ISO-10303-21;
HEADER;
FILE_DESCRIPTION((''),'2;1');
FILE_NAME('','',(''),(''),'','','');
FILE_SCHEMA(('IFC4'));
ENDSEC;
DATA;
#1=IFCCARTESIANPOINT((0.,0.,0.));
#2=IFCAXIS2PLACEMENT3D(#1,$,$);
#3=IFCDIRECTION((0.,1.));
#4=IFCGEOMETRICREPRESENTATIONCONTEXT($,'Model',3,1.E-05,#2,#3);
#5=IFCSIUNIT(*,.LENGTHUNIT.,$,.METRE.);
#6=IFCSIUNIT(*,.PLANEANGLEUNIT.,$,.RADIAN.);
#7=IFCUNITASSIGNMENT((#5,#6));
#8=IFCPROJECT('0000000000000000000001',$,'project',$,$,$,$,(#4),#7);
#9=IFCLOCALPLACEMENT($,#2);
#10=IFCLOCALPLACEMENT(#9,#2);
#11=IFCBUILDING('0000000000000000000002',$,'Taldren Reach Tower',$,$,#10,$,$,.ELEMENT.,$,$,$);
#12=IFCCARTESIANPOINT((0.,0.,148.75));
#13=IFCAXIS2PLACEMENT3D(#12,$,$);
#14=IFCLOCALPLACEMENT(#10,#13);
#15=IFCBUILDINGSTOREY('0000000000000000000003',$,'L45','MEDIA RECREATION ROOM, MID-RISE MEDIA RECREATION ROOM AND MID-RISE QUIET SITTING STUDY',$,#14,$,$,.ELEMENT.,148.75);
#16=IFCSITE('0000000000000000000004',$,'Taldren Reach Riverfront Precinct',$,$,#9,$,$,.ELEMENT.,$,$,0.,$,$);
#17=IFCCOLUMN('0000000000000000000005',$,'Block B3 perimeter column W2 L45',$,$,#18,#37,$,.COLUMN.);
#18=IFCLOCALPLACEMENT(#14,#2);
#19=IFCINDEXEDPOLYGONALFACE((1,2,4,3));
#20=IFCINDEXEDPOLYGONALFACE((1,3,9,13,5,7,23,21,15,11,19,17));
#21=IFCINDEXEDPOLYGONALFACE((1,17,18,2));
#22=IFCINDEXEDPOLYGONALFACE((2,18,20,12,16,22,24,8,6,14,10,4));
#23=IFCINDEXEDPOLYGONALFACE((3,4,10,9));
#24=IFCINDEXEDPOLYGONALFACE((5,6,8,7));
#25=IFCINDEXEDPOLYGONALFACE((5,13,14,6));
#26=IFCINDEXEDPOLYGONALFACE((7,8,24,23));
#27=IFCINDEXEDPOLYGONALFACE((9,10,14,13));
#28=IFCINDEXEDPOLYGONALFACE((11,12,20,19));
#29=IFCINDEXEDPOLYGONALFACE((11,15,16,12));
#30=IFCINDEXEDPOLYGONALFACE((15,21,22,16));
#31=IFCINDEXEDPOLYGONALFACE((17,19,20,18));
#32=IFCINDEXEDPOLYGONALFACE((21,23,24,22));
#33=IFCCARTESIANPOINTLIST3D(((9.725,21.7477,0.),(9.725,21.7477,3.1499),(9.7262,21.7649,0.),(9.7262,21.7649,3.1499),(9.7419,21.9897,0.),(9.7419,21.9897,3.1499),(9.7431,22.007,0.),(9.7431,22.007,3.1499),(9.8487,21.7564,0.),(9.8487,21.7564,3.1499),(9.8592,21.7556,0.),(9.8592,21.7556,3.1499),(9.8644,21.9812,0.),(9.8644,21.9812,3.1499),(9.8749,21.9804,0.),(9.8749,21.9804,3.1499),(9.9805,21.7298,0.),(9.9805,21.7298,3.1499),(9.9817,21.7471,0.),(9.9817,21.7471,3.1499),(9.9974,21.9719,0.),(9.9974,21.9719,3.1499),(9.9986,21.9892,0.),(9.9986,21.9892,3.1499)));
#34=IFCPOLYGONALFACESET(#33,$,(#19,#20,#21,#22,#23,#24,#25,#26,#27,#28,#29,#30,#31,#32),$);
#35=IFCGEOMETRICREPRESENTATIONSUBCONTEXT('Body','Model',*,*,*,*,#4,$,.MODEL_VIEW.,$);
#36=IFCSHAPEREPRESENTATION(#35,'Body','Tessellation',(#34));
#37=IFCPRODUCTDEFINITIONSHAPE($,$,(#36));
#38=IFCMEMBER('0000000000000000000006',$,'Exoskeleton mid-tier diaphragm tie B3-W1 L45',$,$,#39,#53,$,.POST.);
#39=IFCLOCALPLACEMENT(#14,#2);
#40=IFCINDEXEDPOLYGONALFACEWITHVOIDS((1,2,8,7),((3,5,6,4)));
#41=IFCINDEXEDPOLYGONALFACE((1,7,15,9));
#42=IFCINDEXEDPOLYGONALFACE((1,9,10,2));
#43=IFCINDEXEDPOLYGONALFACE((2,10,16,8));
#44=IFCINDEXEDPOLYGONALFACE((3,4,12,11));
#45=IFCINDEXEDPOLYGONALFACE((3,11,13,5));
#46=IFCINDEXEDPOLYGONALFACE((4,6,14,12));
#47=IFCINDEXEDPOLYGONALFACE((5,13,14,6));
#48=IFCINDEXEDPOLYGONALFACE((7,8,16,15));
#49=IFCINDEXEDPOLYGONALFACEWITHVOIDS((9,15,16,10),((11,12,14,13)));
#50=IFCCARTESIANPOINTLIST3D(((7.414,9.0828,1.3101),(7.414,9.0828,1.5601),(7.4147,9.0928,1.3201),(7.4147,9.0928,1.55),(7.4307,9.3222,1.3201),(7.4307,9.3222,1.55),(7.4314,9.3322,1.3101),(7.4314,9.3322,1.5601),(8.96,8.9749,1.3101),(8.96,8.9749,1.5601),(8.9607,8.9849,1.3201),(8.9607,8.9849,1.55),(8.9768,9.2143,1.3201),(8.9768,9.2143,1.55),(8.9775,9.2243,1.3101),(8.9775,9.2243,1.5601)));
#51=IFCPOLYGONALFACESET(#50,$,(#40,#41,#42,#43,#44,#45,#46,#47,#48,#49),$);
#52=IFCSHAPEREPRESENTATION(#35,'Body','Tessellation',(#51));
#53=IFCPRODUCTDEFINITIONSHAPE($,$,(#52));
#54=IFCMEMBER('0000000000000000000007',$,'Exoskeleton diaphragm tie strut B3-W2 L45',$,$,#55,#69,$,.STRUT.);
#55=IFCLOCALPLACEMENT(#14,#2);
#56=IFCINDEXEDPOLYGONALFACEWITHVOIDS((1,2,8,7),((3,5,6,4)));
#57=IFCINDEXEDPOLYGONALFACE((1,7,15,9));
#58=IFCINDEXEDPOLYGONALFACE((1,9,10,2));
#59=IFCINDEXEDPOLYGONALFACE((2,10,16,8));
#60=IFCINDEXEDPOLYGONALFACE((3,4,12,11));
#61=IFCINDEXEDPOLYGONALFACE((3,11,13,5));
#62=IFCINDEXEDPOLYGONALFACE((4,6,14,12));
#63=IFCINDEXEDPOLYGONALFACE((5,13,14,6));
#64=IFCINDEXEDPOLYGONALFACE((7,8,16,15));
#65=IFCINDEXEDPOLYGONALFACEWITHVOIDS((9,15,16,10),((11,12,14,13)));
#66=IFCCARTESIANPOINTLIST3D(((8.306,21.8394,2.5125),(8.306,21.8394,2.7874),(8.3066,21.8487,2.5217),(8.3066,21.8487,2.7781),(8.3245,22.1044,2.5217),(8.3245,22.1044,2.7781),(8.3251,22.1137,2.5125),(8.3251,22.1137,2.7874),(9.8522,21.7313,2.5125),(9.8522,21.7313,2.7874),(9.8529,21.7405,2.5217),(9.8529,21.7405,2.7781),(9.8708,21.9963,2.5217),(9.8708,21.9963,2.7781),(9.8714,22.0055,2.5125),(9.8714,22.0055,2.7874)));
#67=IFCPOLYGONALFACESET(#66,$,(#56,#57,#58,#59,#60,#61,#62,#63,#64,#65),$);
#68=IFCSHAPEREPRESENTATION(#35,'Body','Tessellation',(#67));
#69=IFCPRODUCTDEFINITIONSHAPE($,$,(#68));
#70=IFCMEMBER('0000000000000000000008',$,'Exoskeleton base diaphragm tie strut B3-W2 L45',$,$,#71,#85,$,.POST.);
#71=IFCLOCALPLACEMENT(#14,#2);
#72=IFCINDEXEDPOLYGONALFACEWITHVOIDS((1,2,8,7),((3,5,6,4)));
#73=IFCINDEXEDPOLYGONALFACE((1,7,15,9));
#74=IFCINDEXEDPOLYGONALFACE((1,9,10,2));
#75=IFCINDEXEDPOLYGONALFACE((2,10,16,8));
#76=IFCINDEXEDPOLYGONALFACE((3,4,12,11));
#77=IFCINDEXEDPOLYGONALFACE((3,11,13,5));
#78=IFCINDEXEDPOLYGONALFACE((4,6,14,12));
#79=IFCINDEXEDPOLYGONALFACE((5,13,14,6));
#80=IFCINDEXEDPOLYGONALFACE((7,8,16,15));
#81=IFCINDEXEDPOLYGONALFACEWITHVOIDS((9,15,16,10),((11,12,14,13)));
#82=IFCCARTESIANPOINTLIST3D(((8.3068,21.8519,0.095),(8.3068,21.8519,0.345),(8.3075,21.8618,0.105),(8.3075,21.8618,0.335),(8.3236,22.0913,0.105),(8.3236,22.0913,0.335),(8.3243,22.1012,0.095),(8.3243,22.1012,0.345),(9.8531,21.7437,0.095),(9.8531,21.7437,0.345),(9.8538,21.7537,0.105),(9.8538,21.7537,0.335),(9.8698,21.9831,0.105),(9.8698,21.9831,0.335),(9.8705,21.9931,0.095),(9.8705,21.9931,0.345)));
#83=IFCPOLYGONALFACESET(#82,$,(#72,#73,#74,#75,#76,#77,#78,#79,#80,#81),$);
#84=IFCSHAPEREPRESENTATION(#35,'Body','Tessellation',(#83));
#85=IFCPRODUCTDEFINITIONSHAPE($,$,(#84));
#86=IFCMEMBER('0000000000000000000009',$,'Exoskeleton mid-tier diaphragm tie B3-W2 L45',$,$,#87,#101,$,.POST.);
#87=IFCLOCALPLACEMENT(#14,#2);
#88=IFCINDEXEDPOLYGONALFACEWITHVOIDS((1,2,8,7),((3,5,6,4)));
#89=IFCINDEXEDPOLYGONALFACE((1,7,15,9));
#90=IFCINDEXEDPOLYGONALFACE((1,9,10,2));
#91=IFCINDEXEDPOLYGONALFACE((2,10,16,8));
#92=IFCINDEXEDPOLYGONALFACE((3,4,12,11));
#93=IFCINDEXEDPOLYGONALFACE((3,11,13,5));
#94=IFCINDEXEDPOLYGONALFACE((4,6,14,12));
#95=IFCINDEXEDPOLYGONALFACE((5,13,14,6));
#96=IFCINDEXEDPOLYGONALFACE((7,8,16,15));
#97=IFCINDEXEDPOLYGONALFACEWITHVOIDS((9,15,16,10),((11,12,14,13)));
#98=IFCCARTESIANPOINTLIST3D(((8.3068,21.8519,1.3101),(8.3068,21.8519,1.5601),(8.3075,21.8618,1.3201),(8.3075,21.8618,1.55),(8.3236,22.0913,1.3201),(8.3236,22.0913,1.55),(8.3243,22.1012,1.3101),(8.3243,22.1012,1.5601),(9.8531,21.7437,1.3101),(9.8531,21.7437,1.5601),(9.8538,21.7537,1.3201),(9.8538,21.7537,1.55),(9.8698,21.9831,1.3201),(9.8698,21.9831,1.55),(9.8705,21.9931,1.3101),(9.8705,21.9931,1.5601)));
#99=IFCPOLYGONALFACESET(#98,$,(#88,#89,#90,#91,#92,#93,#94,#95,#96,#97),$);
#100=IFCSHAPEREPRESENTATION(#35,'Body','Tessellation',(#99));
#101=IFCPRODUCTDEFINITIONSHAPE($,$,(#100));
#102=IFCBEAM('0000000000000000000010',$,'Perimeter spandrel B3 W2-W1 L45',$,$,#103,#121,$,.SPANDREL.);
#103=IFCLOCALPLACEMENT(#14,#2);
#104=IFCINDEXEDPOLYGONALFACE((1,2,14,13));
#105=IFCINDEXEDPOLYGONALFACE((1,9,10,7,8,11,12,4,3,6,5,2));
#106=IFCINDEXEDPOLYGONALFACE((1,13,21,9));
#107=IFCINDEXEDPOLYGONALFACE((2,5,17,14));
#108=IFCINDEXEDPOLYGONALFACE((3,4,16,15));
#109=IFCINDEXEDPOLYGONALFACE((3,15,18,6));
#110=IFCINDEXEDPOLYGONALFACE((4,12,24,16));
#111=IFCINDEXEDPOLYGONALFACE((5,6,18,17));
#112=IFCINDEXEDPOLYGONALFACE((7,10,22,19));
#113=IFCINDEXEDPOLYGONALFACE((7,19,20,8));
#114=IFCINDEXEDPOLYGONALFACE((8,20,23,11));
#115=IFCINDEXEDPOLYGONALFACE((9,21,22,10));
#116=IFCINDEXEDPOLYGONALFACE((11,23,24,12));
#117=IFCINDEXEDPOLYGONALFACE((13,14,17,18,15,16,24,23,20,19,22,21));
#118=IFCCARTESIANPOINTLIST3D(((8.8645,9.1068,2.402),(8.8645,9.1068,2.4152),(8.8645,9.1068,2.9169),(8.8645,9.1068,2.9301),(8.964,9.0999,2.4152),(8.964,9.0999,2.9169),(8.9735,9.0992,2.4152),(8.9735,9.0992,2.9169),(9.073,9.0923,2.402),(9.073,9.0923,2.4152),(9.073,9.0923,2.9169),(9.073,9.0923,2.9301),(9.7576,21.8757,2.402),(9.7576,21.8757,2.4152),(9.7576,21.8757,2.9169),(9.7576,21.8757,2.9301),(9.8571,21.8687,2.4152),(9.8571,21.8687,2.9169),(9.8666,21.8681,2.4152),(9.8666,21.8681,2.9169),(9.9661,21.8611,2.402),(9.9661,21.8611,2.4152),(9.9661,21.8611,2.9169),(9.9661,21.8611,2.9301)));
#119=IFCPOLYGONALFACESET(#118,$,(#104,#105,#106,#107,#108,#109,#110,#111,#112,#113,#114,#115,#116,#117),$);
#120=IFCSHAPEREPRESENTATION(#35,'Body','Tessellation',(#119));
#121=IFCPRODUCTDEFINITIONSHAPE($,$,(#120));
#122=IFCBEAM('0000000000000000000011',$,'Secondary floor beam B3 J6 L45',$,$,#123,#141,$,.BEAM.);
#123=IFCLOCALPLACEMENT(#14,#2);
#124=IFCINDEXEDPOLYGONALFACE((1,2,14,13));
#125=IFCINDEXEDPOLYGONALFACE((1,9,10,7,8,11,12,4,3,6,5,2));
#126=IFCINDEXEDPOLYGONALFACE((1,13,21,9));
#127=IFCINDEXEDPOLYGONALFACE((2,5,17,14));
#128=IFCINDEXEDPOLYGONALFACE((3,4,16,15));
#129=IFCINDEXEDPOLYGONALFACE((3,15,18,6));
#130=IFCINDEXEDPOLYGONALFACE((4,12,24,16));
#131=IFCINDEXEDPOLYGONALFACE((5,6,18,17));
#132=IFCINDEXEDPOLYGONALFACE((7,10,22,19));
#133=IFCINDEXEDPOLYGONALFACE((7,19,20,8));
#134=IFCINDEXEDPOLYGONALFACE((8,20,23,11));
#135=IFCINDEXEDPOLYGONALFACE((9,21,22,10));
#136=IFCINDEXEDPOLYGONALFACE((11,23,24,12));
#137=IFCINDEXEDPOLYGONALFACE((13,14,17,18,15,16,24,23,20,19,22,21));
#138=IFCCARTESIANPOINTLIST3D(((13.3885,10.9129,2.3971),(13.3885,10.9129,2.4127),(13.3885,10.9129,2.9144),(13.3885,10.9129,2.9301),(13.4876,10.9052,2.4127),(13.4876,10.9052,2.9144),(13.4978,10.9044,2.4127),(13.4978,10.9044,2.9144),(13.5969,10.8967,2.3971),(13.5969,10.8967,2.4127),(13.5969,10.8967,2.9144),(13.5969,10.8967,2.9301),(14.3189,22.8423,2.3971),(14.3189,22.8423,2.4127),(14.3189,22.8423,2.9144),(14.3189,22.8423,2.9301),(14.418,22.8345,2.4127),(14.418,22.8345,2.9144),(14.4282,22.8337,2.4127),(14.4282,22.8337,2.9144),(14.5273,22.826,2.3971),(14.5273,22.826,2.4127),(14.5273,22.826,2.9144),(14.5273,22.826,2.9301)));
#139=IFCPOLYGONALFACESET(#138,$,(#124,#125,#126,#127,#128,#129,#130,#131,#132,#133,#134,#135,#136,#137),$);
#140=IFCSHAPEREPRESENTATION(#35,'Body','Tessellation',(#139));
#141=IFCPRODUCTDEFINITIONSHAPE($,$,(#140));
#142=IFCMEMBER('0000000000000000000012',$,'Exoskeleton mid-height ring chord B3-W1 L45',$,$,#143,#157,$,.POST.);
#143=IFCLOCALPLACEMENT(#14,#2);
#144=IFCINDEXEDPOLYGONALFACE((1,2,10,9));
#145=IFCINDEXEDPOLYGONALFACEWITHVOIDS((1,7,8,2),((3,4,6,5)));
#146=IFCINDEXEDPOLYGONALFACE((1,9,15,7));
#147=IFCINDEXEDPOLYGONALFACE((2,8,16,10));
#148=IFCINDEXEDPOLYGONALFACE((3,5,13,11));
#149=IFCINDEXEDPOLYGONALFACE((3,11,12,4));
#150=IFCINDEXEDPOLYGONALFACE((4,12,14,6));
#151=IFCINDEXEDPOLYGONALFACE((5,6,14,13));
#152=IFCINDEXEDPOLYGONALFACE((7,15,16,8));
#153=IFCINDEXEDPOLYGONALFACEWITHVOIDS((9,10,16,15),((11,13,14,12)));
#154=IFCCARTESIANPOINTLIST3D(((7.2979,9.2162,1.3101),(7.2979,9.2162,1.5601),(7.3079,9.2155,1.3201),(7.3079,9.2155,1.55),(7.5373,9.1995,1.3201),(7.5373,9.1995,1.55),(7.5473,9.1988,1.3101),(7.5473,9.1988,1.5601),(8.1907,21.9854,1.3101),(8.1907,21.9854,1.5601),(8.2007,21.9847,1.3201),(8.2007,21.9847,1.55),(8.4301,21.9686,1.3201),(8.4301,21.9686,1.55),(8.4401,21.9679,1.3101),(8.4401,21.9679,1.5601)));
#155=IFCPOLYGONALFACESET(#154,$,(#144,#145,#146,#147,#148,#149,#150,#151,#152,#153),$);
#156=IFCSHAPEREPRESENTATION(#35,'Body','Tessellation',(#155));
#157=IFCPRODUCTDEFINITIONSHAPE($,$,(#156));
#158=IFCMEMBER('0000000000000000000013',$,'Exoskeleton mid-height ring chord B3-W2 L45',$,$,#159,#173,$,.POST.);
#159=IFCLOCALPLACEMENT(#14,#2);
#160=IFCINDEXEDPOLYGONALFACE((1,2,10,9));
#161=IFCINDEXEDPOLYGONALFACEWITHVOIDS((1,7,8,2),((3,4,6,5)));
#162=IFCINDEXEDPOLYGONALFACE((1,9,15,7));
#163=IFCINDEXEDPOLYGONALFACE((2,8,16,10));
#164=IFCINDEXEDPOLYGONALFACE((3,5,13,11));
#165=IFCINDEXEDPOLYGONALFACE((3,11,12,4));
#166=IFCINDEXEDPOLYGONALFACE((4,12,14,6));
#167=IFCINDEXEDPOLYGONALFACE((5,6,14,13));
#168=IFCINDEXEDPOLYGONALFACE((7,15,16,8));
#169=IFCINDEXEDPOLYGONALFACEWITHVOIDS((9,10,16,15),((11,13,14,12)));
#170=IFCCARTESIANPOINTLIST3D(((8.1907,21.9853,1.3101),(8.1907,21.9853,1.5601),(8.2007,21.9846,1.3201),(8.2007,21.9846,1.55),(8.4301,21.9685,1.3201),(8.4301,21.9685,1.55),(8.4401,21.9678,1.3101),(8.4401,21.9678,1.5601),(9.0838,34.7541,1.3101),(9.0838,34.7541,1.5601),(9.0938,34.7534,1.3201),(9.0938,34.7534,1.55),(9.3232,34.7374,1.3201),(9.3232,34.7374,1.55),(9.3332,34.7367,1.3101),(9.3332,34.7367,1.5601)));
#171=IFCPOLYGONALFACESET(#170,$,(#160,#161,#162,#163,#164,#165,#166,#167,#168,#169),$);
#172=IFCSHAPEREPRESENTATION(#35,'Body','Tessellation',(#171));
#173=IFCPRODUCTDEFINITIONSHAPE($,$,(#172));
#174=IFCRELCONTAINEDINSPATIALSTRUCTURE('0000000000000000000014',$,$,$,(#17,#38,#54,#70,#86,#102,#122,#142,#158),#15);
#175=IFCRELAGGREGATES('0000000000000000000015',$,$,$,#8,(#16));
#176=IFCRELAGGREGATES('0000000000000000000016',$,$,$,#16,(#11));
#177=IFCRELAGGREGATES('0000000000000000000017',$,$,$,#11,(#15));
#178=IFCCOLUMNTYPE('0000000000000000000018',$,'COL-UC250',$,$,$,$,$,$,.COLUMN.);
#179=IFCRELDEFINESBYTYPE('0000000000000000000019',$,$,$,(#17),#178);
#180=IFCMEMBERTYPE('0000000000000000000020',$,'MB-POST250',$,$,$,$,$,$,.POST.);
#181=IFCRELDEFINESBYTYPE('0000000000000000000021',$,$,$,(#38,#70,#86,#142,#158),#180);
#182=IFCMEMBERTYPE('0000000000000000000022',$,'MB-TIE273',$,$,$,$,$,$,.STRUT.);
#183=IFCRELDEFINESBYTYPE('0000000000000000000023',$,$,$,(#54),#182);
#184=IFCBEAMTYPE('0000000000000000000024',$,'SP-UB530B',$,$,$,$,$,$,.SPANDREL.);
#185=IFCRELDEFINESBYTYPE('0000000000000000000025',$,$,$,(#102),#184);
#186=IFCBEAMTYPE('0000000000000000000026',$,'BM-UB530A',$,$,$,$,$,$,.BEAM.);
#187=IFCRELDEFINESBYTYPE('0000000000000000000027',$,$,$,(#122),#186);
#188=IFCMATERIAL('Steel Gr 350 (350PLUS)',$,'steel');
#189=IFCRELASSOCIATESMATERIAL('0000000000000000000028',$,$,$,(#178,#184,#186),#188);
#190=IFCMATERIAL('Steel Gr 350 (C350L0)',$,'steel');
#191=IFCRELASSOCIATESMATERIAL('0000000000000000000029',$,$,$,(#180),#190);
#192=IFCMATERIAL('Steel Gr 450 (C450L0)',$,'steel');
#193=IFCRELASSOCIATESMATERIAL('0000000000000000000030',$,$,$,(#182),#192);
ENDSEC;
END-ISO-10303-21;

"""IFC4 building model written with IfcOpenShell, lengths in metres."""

from ifc_helpers import new_model, si_unit, direction, frame, origin, origin_2d, place, context, subcontext, project, spatial, hollow_rectangle, i_section, extrude, source, transform, mapped, material, material_profile, profile_set, type_object, element, save


model = new_model("IFC4")

# Units and contexts
model_context = context("Model", 3, precision=1e-05, world=origin(), true_north=direction((0.0, 1.0)))
body_context = subcontext(model_context, "Body", "Model", "MODEL_VIEW")
ifc_project = project(units=[si_unit("LENGTHUNIT", "METRE"), si_unit("PLANEANGLEUNIT", "RADIAN")], contexts=[model_context])

# Site, building, storey
site_placement = place(None, origin())
site = spatial("IfcSite", under=ifc_project, at=site_placement, Name="Taldren Reach Riverfront Precinct", CompositionType="ELEMENT", RefElevation=0.0)
building_placement = place(site_placement, origin())
building = spatial("IfcBuilding", under=site, at=building_placement, Name="Taldren Reach Tower", CompositionType="ELEMENT")
storey_placement = place(building_placement, frame((0.0, 0.0, 148.75)))
storey = spatial("IfcBuildingStorey", under=building, at=storey_placement, Name="L45", Description="MEDIA RECREATION ROOM, MID-RISE MEDIA RECREATION ROOM AND MID-RISE QUIET SITTING STUDY", CompositionType="ELEMENT", Elevation=148.75)

# Column
ifc_material_1 = material(Name="Steel Gr 350 (350PLUS)", Category="steel")
ifc_material_profile_1 = material_profile(ifc_material_1, i_section(OverallWidth=0.2561, OverallDepth=0.26, WebThickness=0.0105, FlangeThickness=0.0173, at=origin_2d()), Name="250UC89.5")
ifc_profile_set_1 = profile_set([ifc_material_profile_1], Name="Steel Gr 350 (350PLUS)")
column_type = type_object("IfcColumnType", Name="COL-UC250", PredefinedType="COLUMN", material=ifc_profile_set_1)
shared_shape_1 = source(origin(), body_context, "Body", "SweptSolid", [
    extrude(i_section(OverallWidth=0.2561, OverallDepth=0.26, WebThickness=0.0105, FlangeThickness=0.0173, at=origin_2d()), origin(), (0.0, 0.0, 1.0), 3.1499),
])
column_placement = place(storey_placement, frame((9.8618, 21.8684, 0.0), z_axis=(0.0, 0.0, 1.0), x_axis=(0.997564, -0.069756, 0.0)))
element("IfcColumn", 1, at=column_placement, inside=storey, type_object=column_type, Name="Block B3 perimeter column W2 L45", PredefinedType="COLUMN", context=body_context, shape_type="MappedRepresentation", body=[
    mapped(shared_shape_1, transform((0.0, 0.0, 0.0), scale=1.0)),
])

# Members
ifc_material_2 = material(Name="Steel Gr 350 (C350L0)", Category="steel")
ifc_material_profile_2 = material_profile(ifc_material_2, hollow_rectangle(XDim=0.25, YDim=0.25, WallThickness=0.01, at=origin_2d()), Name="250x250x10.0SHS")
ifc_profile_set_2 = profile_set([ifc_material_profile_2], Name="Steel Gr 350 (C350L0)")
member_type_1 = type_object("IfcMemberType", Name="MB-POST250", PredefinedType="POST", material=ifc_profile_set_2)
shared_shape_2 = source(origin(), body_context, "Body", "SweptSolid", [
    extrude(hollow_rectangle(XDim=0.25, YDim=0.25, WallThickness=0.01, at=origin_2d()), origin(), (0.0, 0.0, 1.0), 1.5498),
])
member_1_placement = place(storey_placement, frame((8.9688, 9.0996, 1.4351), z_axis=(-0.997573, 0.069624, 0.0), x_axis=(-0.069624, -0.997573, 0.0)))
element("IfcMember", 2, at=member_1_placement, inside=storey, type_object=member_type_1, Name="Exoskeleton mid-tier diaphragm tie B3-W1 L45", PredefinedType="POST", context=body_context, shape_type="MappedRepresentation", body=[
    mapped(shared_shape_2, transform((0.0, 0.0, 0.0), scale=1.0)),
])
ifc_material_3 = material(Name="Steel Gr 450 (C450L0)", Category="steel")
ifc_material_profile_3 = material_profile(ifc_material_3, hollow_rectangle(XDim=0.2749, YDim=0.2749, WallThickness=0.0093, at=origin_2d()), Name="275x275x9.3SHS")
ifc_profile_set_3 = profile_set([ifc_material_profile_3], Name="Steel Gr 450 (C450L0)")
member_type_2 = type_object("IfcMemberType", Name="MB-TIE273", PredefinedType="STRUT", material=ifc_profile_set_3)
shared_shape_3 = source(origin(), body_context, "Body", "SweptSolid", [
    extrude(hollow_rectangle(XDim=0.2749, YDim=0.2749, WallThickness=0.0093, at=origin_2d()), origin(), (0.0, 0.0, 1.0), 1.55),
])
member_2_placement = place(storey_placement, frame((9.8618, 21.8684, 2.6499), z_axis=(-0.997563, 0.06977, 0.0), x_axis=(-0.06977, -0.997563, 0.0)))
element("IfcMember", 3, at=member_2_placement, inside=storey, type_object=member_type_2, Name="Exoskeleton diaphragm tie strut B3-W2 L45", PredefinedType="STRUT", context=body_context, shape_type="MappedRepresentation", body=[
    mapped(shared_shape_3, transform((0.0, 0.0, 0.0), scale=1.0)),
])
shared_shape_4 = source(origin(), body_context, "Body", "SweptSolid", [
    extrude(hollow_rectangle(XDim=0.25, YDim=0.25, WallThickness=0.01, at=origin_2d()), origin(), (0.0, 0.0, 1.0), 1.55),
])
for number, where, z_axis, x_axis, name in (
    (4, (9.8618, 21.8684, 0.22), (-0.997563, 0.06977, 0.0), (-0.06977, -0.997563, 0.0), "Exoskeleton base diaphragm tie strut B3-W2 L45"),
    (5, (9.8618, 21.8684, 1.4351), (-0.997563, 0.06977, 0.0), (-0.06977, -0.997563, 0.0), "Exoskeleton mid-tier diaphragm tie B3-W2 L45"),
):
    element("IfcMember", number, at=place(storey_placement, frame(where, z_axis=z_axis, x_axis=x_axis)), inside=storey, type_object=member_type_1, Name=name, PredefinedType="POST", context=body_context, shape_type="MappedRepresentation", body=[
        mapped(shared_shape_4, transform((0.0, 0.0, 0.0), scale=1.0)),
    ])

# Beams
ifc_material_profile_4 = material_profile(ifc_material_1, i_section(OverallWidth=0.209, OverallDepth=0.5281, WebThickness=0.0095, FlangeThickness=0.0132, at=origin_2d()), Name="530UB82.0")
ifc_profile_set_4 = profile_set([ifc_material_profile_4], Name="Steel Gr 350 (350PLUS)")
beam_type_1 = type_object("IfcBeamType", Name="SP-UB530B", PredefinedType="SPANDREL", material=ifc_profile_set_4)
shared_shape_5 = source(origin(), body_context, "Body", "SweptSolid", [
    extrude(i_section(OverallWidth=0.209, OverallDepth=0.5281, WebThickness=0.0095, FlangeThickness=0.0132, at=origin_2d()), origin(), (0.0, 0.0, 1.0), 12.8),
])
beam_1_placement = place(storey_placement, frame((9.8618, 21.8684, 2.666), z_axis=(-0.069771, -0.997563, 0.0), x_axis=(0.997563, -0.069771, 0.0)))
element("IfcBeam", 6, at=beam_1_placement, inside=storey, type_object=beam_type_1, Name="Perimeter spandrel B3 W2-W1 L45", PredefinedType="SPANDREL", context=body_context, shape_type="MappedRepresentation", body=[
    mapped(shared_shape_5, transform((0.0, 0.0, 0.0), scale=1.0)),
])
ifc_material_profile_5 = material_profile(ifc_material_1, i_section(OverallWidth=0.209, OverallDepth=0.533, WebThickness=0.0103, FlangeThickness=0.0156, at=origin_2d()), Name="530UB92.4")
ifc_profile_set_5 = profile_set([ifc_material_profile_5], Name="Steel Gr 350 (350PLUS)")
beam_type_2 = type_object("IfcBeamType", Name="BM-UB530A", PredefinedType="BEAM", material=ifc_profile_set_5)
shared_shape_6 = source(origin(), body_context, "Body", "SweptSolid", [
    extrude(i_section(OverallWidth=0.209, OverallDepth=0.533, WebThickness=0.0103, FlangeThickness=0.0156, at=origin_2d()), origin(), (0.0, 0.0, 1.0), 11.9656),
])
beam_2_placement = place(storey_placement, frame((13.4927, 10.9048, 2.6636), z_axis=(0.077757, 0.996972, 0.0), x_axis=(-0.996972, 0.077757, 0.0)))
element("IfcBeam", 7, at=beam_2_placement, inside=storey, type_object=beam_type_2, Name="Secondary floor beam B3 J6 L45", PredefinedType="BEAM", context=body_context, shape_type="MappedRepresentation", body=[
    mapped(shared_shape_6, transform((0.0, 0.0, 0.0), scale=1.0)),
])

# Members
shared_shape_7 = source(origin(), body_context, "Body", "SweptSolid", [
    extrude(hollow_rectangle(XDim=0.25, YDim=0.25, WallThickness=0.01, at=origin_2d()), origin(), (0.0, 0.0, 1.0), 12.8003),
])
member_3_placement = place(storey_placement, frame((7.4226, 9.2075, 1.4351), z_axis=(0.069751, 0.997564, 0.0), x_axis=(-0.997564, 0.069751, 0.0)))
element("IfcMember", 8, at=member_3_placement, inside=storey, type_object=member_type_1, Name="Exoskeleton mid-height ring chord B3-W1 L45", PredefinedType="POST", context=body_context, shape_type="MappedRepresentation", body=[
    mapped(shared_shape_7, transform((0.0, 0.0, 0.0), scale=1.0)),
])
shared_shape_8 = source(origin(), body_context, "Body", "SweptSolid", [
    extrude(hollow_rectangle(XDim=0.25, YDim=0.25, WallThickness=0.01, at=origin_2d()), origin(), (0.0, 0.0, 1.0), 12.8),
])
member_4_placement = place(storey_placement, frame((8.3154, 21.9766, 1.4351), z_axis=(0.069771, 0.997563, 0.0), x_axis=(-0.997563, 0.069771, 0.0)))
element("IfcMember", 9, at=member_4_placement, inside=storey, type_object=member_type_1, Name="Exoskeleton mid-height ring chord B3-W2 L45", PredefinedType="POST", context=body_context, shape_type="MappedRepresentation", body=[
    mapped(shared_shape_8, transform((0.0, 0.0, 0.0), scale=1.0)),
])

save(model, "model.ifc")
